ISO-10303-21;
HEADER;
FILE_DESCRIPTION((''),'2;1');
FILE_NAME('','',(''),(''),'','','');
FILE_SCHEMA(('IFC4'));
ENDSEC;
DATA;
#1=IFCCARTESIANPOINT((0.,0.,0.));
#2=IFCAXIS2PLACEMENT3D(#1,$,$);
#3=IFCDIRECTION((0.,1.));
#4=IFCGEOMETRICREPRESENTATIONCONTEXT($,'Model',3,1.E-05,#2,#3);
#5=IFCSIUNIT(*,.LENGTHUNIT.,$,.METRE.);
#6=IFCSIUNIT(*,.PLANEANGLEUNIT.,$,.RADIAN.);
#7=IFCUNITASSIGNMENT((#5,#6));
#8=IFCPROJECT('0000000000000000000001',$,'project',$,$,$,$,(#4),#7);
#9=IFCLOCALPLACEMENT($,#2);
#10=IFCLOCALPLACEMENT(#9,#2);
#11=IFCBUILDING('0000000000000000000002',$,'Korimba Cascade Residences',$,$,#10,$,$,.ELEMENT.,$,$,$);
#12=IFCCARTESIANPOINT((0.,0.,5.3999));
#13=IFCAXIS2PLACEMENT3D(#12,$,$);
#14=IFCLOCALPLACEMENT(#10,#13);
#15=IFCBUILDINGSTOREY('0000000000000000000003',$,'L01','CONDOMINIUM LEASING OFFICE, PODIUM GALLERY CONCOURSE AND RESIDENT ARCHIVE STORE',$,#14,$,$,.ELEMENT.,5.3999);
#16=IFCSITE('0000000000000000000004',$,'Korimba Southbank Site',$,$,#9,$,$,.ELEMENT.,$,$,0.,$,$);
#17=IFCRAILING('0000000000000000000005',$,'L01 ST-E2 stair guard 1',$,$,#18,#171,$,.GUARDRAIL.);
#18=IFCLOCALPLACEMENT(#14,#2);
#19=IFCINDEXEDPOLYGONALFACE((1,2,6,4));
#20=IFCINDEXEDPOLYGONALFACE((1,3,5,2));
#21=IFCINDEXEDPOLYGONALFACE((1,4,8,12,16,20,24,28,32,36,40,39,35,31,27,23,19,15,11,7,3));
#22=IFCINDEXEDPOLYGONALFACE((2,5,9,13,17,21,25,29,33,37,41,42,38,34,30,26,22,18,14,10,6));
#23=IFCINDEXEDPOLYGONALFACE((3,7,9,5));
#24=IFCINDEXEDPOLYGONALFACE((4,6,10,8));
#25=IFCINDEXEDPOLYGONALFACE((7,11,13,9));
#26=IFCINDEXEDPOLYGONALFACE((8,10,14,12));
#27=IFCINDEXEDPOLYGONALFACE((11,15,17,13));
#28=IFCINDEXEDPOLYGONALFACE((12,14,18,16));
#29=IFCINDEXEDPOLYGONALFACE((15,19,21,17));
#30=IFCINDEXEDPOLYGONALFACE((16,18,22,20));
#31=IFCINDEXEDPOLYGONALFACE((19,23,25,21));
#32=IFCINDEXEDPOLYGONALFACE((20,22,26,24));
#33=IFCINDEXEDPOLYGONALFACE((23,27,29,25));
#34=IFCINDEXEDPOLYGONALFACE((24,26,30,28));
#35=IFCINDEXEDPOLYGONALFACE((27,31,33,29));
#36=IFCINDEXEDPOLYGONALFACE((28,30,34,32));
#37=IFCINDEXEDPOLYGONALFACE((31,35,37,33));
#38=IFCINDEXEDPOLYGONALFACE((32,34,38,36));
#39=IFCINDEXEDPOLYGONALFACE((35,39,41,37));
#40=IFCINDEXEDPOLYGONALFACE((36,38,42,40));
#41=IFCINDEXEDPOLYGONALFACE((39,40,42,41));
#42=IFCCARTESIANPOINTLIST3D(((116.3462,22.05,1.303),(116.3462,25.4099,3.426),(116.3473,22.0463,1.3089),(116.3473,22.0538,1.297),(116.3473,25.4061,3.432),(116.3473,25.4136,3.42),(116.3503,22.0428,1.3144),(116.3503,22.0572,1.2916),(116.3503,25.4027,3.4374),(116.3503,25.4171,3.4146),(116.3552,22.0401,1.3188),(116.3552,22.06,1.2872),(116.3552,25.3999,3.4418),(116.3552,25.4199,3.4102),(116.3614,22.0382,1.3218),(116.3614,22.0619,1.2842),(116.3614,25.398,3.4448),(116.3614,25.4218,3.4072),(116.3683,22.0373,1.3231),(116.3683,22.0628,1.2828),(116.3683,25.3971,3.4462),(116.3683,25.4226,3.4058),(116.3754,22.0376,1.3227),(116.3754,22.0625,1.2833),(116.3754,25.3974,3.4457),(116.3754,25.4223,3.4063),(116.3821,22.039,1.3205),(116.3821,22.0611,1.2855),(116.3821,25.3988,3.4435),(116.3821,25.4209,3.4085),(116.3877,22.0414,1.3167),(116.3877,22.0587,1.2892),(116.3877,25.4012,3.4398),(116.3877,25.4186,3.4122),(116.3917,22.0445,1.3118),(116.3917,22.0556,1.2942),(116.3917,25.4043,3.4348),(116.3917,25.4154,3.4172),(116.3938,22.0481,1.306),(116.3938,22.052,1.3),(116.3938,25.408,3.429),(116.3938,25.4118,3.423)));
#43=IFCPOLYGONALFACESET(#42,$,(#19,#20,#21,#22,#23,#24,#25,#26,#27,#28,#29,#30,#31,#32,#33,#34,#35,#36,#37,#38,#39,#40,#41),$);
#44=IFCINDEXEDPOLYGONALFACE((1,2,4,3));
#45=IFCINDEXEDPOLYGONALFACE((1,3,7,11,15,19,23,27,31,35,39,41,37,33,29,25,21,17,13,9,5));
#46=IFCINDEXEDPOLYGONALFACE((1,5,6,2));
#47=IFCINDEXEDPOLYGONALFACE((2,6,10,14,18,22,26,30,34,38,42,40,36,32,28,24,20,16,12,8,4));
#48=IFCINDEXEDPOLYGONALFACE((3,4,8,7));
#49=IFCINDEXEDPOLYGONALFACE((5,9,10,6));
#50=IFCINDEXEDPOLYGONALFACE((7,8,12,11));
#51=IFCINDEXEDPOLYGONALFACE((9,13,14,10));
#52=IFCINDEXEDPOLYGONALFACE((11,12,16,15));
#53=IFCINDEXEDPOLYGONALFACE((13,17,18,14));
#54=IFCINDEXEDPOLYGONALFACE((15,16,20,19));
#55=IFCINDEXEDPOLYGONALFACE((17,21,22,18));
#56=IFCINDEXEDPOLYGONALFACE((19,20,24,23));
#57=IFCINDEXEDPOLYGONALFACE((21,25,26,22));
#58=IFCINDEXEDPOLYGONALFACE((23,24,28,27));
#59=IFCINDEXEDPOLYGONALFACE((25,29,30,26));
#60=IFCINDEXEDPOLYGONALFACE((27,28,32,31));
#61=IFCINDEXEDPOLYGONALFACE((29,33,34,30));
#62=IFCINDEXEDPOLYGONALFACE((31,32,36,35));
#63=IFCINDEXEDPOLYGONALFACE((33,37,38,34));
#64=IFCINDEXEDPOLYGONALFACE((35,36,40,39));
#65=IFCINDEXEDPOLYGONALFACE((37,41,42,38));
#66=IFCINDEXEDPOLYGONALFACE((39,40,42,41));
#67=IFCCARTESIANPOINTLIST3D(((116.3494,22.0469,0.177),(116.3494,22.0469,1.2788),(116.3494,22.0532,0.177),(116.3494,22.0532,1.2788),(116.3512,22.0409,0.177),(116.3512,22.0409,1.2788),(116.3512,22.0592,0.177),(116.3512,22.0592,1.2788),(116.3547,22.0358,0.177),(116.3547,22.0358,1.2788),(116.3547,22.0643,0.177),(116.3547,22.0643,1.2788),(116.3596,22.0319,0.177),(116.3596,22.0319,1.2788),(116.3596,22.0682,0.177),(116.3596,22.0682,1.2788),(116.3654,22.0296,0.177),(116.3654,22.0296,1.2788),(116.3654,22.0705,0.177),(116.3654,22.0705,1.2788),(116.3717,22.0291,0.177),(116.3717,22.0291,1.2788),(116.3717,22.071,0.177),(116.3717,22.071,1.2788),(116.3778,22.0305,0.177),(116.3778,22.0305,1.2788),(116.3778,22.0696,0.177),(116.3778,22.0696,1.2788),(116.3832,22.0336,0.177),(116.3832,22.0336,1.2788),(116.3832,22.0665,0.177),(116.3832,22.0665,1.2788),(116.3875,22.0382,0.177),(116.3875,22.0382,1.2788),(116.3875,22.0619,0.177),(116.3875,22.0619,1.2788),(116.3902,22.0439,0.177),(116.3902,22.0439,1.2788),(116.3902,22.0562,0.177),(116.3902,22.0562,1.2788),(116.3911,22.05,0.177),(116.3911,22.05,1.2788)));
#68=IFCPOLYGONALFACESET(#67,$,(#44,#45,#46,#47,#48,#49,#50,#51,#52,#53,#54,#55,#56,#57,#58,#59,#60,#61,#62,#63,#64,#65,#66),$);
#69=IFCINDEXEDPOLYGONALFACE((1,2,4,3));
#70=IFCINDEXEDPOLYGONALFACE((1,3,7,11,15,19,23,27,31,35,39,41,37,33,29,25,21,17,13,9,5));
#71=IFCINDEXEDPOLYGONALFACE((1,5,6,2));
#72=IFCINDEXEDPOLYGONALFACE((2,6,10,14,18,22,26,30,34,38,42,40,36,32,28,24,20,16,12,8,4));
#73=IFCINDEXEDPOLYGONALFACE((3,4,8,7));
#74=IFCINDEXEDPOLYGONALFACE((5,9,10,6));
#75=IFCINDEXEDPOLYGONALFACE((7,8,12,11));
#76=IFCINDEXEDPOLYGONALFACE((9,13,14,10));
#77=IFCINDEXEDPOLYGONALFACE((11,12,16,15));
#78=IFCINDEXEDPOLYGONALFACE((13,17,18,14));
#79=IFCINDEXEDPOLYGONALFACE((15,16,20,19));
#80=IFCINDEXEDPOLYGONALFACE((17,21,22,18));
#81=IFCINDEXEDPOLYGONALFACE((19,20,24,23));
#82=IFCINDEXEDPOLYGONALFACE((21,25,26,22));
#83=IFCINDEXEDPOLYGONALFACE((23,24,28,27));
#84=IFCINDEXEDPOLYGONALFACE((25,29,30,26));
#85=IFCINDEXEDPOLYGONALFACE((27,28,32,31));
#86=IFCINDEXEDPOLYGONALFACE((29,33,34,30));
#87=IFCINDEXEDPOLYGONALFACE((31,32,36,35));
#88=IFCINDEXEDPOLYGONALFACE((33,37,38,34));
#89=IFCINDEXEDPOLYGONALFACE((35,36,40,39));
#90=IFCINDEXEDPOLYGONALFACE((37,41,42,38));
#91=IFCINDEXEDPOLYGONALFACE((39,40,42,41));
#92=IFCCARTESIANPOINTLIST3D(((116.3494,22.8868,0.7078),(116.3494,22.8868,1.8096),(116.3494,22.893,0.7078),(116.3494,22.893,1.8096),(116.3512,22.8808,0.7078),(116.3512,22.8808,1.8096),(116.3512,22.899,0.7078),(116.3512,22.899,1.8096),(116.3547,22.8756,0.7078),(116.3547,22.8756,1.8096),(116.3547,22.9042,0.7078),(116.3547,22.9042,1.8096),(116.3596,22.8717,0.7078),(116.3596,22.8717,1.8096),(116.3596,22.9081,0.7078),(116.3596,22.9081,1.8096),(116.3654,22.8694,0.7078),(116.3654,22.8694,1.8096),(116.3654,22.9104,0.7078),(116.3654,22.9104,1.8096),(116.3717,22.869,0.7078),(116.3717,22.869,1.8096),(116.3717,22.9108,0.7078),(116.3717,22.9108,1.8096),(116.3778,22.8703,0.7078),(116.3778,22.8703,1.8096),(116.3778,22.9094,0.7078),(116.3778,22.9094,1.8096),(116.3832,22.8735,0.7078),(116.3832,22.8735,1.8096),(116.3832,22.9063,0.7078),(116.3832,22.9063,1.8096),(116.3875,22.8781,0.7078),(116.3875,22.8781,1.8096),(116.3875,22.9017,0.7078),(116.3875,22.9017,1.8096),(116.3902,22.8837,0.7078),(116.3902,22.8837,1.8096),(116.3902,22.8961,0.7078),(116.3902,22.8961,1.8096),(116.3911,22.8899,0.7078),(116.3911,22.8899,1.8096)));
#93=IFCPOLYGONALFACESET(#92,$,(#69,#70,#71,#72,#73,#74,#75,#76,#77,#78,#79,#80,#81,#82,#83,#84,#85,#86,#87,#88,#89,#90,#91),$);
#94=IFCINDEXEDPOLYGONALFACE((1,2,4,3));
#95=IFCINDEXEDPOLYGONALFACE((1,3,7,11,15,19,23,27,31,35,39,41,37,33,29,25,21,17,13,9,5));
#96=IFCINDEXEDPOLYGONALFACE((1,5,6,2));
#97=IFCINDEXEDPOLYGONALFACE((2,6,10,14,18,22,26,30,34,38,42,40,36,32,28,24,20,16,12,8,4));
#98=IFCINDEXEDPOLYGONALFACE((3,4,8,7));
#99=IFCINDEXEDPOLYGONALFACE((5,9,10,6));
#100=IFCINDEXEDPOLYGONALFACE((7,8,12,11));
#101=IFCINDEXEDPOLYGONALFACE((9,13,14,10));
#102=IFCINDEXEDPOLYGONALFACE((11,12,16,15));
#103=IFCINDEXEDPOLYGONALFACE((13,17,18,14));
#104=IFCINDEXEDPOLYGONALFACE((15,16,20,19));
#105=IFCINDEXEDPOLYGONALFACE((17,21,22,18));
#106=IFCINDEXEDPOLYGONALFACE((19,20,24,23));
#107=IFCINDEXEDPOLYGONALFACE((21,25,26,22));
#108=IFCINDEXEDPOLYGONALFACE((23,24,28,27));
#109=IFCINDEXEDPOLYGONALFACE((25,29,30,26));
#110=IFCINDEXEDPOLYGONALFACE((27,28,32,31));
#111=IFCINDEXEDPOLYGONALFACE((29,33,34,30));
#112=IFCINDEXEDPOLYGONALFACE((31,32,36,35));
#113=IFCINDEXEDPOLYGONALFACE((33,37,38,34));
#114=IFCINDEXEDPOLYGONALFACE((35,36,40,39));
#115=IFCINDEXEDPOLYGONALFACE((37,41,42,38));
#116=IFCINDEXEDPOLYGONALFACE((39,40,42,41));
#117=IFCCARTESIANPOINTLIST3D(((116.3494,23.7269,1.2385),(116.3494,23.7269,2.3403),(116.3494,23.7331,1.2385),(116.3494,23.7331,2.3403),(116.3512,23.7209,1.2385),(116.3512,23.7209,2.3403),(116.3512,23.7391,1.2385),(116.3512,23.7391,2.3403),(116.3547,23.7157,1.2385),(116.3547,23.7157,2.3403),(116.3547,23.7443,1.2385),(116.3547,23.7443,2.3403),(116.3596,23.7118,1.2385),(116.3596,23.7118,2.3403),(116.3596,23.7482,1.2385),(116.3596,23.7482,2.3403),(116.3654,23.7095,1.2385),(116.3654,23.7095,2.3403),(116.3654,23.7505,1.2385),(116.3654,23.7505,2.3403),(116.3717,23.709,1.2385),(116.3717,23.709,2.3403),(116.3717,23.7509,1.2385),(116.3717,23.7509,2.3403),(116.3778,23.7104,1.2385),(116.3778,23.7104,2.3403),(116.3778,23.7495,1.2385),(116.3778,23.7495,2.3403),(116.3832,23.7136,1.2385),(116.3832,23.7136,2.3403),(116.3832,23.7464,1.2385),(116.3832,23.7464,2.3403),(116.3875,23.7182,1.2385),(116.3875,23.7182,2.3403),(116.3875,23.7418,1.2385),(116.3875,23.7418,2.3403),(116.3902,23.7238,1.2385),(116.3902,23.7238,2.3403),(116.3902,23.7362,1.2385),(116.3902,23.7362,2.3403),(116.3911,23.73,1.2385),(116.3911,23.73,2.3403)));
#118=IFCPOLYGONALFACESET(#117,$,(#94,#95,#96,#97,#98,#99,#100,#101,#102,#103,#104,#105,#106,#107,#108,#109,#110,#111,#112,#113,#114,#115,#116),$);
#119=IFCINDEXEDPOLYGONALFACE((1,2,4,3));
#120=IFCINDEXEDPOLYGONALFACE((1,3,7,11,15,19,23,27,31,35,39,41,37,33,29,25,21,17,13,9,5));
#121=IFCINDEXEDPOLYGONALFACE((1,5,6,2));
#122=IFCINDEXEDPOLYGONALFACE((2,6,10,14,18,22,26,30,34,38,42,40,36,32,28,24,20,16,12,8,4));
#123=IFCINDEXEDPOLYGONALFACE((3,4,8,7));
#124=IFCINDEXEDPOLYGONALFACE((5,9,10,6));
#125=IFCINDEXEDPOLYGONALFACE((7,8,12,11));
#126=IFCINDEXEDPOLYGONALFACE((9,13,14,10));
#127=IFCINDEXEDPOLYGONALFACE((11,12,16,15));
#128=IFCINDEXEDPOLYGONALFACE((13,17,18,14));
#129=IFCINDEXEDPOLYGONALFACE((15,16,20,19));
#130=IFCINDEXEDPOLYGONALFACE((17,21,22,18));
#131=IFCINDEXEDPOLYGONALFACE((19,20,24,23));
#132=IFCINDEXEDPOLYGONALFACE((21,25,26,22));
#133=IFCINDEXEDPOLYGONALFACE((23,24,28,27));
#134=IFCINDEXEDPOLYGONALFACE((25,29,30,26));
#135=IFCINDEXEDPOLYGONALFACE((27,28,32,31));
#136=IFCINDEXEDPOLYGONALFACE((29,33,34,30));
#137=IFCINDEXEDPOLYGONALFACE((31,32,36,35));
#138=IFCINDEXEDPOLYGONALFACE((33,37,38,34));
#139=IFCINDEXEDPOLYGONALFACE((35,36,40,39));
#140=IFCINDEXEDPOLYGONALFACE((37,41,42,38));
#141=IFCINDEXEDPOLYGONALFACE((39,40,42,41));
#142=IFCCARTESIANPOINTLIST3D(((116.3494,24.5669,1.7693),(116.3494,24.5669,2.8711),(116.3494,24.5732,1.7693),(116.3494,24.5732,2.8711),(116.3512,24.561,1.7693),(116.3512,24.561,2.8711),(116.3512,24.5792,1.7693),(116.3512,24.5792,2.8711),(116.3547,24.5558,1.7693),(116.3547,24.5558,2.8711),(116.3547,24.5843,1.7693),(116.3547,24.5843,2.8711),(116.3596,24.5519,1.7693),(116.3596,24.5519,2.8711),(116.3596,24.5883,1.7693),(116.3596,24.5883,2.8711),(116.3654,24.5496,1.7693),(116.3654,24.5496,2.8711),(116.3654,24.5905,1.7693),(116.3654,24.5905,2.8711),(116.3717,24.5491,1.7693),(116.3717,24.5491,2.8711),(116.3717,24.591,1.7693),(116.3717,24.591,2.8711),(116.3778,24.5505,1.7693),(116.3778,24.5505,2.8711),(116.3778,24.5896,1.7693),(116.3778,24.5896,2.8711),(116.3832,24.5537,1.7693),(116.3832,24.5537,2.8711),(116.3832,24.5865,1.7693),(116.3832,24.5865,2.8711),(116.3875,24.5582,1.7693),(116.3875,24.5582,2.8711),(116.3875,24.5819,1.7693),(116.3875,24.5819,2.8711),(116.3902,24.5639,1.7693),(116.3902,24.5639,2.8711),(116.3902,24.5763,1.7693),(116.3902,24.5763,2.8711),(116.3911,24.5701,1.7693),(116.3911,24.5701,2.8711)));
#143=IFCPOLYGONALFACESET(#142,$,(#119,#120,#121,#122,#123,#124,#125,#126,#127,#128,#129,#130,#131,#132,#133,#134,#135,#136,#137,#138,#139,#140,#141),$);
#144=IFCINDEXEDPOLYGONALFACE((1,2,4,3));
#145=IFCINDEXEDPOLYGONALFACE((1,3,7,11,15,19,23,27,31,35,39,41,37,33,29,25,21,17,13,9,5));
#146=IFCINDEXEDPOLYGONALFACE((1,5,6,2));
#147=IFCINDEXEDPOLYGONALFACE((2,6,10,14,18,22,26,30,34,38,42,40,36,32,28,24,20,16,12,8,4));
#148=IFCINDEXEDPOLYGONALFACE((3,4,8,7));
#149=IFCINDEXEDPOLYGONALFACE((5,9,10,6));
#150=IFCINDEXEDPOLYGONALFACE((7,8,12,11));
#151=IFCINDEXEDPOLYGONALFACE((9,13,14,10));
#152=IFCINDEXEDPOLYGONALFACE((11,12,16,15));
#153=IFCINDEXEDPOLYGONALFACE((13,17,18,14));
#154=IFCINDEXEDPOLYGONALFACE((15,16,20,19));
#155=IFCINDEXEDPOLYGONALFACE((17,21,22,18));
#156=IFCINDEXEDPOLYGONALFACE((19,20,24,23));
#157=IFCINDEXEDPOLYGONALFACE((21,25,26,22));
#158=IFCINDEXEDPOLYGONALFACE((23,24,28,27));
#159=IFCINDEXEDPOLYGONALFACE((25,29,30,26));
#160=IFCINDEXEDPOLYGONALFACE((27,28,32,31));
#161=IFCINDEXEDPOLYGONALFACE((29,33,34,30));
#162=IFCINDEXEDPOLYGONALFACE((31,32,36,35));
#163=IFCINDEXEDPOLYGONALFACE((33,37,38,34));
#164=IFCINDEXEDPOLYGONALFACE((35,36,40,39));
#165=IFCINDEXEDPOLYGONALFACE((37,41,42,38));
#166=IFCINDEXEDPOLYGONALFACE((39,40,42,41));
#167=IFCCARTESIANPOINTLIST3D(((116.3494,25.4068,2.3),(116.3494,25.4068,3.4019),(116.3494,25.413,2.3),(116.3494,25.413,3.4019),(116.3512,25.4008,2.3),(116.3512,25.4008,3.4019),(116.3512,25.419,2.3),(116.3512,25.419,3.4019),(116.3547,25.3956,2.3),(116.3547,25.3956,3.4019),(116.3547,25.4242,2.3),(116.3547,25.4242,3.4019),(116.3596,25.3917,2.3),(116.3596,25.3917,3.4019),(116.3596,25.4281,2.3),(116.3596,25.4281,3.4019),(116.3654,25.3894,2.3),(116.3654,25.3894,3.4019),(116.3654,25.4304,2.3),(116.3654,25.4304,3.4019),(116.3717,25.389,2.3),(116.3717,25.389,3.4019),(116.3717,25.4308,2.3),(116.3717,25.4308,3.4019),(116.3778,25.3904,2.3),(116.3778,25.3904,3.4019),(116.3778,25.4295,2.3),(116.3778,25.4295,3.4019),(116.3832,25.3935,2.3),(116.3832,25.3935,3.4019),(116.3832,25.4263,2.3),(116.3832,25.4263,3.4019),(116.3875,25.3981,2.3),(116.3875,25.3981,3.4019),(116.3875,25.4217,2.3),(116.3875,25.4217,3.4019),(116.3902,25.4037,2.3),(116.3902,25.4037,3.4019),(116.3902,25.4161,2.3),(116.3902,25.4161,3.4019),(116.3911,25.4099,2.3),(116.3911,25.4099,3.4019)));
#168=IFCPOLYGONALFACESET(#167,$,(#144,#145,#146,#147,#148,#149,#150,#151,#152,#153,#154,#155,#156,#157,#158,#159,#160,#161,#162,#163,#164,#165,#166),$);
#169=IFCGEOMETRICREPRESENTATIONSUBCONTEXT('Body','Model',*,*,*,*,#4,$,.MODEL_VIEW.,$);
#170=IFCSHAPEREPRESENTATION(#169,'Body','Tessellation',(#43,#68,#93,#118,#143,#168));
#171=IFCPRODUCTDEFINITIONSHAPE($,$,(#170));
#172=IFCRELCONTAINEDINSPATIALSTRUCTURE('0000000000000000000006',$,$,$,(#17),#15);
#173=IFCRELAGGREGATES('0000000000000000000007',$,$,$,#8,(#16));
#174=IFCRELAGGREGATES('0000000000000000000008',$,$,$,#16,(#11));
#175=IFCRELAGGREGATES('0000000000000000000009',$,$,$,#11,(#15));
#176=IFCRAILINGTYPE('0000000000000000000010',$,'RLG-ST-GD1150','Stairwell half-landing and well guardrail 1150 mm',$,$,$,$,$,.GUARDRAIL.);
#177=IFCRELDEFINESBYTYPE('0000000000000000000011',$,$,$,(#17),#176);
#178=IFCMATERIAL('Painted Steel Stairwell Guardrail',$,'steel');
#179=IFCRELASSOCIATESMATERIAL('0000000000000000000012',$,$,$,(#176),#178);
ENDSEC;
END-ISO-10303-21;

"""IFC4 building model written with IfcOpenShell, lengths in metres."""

from ifc_helpers import new_model, si_unit, direction, frame, origin, origin_2d, place, context, subcontext, project, spatial, circle, extrude, material, type_object, element, save


model = new_model("IFC4")

# Units and contexts
model_context = context("Model", 3, precision=1e-05, world=origin(), true_north=direction((0.0, 1.0)))
body_context = subcontext(model_context, "Body", "Model", "MODEL_VIEW")
ifc_project = project(units=[si_unit("LENGTHUNIT", "METRE"), si_unit("PLANEANGLEUNIT", "RADIAN")], contexts=[model_context])

# Site, building, storey
site_placement = place(None, origin())
site = spatial("IfcSite", under=ifc_project, at=site_placement, Name="Korimba Southbank Site", CompositionType="ELEMENT", RefElevation=0.0)
building_placement = place(site_placement, origin())
building = spatial("IfcBuilding", under=site, at=building_placement, Name="Korimba Cascade Residences", CompositionType="ELEMENT")
storey_placement = place(building_placement, frame((0.0, 0.0, 5.3999)))
storey = spatial("IfcBuildingStorey", under=building, at=storey_placement, Name="L01", Description="CONDOMINIUM LEASING OFFICE, PODIUM GALLERY CONCOURSE AND RESIDENT ARCHIVE STORE", CompositionType="ELEMENT", Elevation=5.3999)

# Railing
ifc_material_1 = material(Name="Painted Steel Stairwell Guardrail", Category="steel")
railing_type_1 = type_object("IfcRailingType", Name="RLG-ST-GD1150", Description="Stairwell half-landing and well guardrail 1150 mm", PredefinedType="GUARDRAIL", material=ifc_material_1)
railing_1_placement = place(storey_placement, frame((116.3701, 22.05, 0.177)))
element("IfcRailing", 1, at=railing_1_placement, inside=storey, type_object=railing_type_1, Name="L01 ST-E2 stair guard 1", PredefinedType="GUARDRAIL", context=body_context, shape_type="SweptSolid", body=[
    extrude(circle(Radius=0.0239, at=origin_2d()), frame((0.0, 0.0, 1.126), z_axis=(0.0, 0.845372, 0.534178), x_axis=(-1.0, 0.0, 0.0)), (0.0, 0.0, 1.0), 3.9744),
    extrude(circle(Radius=0.021, at=origin_2d()), origin(), (0.0, 0.0, 1.0), 1.1018),
    extrude(circle(Radius=0.021, at=origin_2d()), frame((0.0, 0.8398, 0.5308)), (0.0, 0.0, 1.0), 1.1018),
    extrude(circle(Radius=0.021, at=origin_2d()), frame((0.0, 1.6799, 1.0615)), (0.0, 0.0, 1.0), 1.1018),
    extrude(circle(Radius=0.021, at=origin_2d()), frame((0.0, 2.52, 1.5923)), (0.0, 0.0, 1.0), 1.1018),
    extrude(circle(Radius=0.021, at=origin_2d()), frame((0.0, 3.3599, 2.123)), (0.0, 0.0, 1.0), 1.1018),
])

save(model, "model.ifc")
